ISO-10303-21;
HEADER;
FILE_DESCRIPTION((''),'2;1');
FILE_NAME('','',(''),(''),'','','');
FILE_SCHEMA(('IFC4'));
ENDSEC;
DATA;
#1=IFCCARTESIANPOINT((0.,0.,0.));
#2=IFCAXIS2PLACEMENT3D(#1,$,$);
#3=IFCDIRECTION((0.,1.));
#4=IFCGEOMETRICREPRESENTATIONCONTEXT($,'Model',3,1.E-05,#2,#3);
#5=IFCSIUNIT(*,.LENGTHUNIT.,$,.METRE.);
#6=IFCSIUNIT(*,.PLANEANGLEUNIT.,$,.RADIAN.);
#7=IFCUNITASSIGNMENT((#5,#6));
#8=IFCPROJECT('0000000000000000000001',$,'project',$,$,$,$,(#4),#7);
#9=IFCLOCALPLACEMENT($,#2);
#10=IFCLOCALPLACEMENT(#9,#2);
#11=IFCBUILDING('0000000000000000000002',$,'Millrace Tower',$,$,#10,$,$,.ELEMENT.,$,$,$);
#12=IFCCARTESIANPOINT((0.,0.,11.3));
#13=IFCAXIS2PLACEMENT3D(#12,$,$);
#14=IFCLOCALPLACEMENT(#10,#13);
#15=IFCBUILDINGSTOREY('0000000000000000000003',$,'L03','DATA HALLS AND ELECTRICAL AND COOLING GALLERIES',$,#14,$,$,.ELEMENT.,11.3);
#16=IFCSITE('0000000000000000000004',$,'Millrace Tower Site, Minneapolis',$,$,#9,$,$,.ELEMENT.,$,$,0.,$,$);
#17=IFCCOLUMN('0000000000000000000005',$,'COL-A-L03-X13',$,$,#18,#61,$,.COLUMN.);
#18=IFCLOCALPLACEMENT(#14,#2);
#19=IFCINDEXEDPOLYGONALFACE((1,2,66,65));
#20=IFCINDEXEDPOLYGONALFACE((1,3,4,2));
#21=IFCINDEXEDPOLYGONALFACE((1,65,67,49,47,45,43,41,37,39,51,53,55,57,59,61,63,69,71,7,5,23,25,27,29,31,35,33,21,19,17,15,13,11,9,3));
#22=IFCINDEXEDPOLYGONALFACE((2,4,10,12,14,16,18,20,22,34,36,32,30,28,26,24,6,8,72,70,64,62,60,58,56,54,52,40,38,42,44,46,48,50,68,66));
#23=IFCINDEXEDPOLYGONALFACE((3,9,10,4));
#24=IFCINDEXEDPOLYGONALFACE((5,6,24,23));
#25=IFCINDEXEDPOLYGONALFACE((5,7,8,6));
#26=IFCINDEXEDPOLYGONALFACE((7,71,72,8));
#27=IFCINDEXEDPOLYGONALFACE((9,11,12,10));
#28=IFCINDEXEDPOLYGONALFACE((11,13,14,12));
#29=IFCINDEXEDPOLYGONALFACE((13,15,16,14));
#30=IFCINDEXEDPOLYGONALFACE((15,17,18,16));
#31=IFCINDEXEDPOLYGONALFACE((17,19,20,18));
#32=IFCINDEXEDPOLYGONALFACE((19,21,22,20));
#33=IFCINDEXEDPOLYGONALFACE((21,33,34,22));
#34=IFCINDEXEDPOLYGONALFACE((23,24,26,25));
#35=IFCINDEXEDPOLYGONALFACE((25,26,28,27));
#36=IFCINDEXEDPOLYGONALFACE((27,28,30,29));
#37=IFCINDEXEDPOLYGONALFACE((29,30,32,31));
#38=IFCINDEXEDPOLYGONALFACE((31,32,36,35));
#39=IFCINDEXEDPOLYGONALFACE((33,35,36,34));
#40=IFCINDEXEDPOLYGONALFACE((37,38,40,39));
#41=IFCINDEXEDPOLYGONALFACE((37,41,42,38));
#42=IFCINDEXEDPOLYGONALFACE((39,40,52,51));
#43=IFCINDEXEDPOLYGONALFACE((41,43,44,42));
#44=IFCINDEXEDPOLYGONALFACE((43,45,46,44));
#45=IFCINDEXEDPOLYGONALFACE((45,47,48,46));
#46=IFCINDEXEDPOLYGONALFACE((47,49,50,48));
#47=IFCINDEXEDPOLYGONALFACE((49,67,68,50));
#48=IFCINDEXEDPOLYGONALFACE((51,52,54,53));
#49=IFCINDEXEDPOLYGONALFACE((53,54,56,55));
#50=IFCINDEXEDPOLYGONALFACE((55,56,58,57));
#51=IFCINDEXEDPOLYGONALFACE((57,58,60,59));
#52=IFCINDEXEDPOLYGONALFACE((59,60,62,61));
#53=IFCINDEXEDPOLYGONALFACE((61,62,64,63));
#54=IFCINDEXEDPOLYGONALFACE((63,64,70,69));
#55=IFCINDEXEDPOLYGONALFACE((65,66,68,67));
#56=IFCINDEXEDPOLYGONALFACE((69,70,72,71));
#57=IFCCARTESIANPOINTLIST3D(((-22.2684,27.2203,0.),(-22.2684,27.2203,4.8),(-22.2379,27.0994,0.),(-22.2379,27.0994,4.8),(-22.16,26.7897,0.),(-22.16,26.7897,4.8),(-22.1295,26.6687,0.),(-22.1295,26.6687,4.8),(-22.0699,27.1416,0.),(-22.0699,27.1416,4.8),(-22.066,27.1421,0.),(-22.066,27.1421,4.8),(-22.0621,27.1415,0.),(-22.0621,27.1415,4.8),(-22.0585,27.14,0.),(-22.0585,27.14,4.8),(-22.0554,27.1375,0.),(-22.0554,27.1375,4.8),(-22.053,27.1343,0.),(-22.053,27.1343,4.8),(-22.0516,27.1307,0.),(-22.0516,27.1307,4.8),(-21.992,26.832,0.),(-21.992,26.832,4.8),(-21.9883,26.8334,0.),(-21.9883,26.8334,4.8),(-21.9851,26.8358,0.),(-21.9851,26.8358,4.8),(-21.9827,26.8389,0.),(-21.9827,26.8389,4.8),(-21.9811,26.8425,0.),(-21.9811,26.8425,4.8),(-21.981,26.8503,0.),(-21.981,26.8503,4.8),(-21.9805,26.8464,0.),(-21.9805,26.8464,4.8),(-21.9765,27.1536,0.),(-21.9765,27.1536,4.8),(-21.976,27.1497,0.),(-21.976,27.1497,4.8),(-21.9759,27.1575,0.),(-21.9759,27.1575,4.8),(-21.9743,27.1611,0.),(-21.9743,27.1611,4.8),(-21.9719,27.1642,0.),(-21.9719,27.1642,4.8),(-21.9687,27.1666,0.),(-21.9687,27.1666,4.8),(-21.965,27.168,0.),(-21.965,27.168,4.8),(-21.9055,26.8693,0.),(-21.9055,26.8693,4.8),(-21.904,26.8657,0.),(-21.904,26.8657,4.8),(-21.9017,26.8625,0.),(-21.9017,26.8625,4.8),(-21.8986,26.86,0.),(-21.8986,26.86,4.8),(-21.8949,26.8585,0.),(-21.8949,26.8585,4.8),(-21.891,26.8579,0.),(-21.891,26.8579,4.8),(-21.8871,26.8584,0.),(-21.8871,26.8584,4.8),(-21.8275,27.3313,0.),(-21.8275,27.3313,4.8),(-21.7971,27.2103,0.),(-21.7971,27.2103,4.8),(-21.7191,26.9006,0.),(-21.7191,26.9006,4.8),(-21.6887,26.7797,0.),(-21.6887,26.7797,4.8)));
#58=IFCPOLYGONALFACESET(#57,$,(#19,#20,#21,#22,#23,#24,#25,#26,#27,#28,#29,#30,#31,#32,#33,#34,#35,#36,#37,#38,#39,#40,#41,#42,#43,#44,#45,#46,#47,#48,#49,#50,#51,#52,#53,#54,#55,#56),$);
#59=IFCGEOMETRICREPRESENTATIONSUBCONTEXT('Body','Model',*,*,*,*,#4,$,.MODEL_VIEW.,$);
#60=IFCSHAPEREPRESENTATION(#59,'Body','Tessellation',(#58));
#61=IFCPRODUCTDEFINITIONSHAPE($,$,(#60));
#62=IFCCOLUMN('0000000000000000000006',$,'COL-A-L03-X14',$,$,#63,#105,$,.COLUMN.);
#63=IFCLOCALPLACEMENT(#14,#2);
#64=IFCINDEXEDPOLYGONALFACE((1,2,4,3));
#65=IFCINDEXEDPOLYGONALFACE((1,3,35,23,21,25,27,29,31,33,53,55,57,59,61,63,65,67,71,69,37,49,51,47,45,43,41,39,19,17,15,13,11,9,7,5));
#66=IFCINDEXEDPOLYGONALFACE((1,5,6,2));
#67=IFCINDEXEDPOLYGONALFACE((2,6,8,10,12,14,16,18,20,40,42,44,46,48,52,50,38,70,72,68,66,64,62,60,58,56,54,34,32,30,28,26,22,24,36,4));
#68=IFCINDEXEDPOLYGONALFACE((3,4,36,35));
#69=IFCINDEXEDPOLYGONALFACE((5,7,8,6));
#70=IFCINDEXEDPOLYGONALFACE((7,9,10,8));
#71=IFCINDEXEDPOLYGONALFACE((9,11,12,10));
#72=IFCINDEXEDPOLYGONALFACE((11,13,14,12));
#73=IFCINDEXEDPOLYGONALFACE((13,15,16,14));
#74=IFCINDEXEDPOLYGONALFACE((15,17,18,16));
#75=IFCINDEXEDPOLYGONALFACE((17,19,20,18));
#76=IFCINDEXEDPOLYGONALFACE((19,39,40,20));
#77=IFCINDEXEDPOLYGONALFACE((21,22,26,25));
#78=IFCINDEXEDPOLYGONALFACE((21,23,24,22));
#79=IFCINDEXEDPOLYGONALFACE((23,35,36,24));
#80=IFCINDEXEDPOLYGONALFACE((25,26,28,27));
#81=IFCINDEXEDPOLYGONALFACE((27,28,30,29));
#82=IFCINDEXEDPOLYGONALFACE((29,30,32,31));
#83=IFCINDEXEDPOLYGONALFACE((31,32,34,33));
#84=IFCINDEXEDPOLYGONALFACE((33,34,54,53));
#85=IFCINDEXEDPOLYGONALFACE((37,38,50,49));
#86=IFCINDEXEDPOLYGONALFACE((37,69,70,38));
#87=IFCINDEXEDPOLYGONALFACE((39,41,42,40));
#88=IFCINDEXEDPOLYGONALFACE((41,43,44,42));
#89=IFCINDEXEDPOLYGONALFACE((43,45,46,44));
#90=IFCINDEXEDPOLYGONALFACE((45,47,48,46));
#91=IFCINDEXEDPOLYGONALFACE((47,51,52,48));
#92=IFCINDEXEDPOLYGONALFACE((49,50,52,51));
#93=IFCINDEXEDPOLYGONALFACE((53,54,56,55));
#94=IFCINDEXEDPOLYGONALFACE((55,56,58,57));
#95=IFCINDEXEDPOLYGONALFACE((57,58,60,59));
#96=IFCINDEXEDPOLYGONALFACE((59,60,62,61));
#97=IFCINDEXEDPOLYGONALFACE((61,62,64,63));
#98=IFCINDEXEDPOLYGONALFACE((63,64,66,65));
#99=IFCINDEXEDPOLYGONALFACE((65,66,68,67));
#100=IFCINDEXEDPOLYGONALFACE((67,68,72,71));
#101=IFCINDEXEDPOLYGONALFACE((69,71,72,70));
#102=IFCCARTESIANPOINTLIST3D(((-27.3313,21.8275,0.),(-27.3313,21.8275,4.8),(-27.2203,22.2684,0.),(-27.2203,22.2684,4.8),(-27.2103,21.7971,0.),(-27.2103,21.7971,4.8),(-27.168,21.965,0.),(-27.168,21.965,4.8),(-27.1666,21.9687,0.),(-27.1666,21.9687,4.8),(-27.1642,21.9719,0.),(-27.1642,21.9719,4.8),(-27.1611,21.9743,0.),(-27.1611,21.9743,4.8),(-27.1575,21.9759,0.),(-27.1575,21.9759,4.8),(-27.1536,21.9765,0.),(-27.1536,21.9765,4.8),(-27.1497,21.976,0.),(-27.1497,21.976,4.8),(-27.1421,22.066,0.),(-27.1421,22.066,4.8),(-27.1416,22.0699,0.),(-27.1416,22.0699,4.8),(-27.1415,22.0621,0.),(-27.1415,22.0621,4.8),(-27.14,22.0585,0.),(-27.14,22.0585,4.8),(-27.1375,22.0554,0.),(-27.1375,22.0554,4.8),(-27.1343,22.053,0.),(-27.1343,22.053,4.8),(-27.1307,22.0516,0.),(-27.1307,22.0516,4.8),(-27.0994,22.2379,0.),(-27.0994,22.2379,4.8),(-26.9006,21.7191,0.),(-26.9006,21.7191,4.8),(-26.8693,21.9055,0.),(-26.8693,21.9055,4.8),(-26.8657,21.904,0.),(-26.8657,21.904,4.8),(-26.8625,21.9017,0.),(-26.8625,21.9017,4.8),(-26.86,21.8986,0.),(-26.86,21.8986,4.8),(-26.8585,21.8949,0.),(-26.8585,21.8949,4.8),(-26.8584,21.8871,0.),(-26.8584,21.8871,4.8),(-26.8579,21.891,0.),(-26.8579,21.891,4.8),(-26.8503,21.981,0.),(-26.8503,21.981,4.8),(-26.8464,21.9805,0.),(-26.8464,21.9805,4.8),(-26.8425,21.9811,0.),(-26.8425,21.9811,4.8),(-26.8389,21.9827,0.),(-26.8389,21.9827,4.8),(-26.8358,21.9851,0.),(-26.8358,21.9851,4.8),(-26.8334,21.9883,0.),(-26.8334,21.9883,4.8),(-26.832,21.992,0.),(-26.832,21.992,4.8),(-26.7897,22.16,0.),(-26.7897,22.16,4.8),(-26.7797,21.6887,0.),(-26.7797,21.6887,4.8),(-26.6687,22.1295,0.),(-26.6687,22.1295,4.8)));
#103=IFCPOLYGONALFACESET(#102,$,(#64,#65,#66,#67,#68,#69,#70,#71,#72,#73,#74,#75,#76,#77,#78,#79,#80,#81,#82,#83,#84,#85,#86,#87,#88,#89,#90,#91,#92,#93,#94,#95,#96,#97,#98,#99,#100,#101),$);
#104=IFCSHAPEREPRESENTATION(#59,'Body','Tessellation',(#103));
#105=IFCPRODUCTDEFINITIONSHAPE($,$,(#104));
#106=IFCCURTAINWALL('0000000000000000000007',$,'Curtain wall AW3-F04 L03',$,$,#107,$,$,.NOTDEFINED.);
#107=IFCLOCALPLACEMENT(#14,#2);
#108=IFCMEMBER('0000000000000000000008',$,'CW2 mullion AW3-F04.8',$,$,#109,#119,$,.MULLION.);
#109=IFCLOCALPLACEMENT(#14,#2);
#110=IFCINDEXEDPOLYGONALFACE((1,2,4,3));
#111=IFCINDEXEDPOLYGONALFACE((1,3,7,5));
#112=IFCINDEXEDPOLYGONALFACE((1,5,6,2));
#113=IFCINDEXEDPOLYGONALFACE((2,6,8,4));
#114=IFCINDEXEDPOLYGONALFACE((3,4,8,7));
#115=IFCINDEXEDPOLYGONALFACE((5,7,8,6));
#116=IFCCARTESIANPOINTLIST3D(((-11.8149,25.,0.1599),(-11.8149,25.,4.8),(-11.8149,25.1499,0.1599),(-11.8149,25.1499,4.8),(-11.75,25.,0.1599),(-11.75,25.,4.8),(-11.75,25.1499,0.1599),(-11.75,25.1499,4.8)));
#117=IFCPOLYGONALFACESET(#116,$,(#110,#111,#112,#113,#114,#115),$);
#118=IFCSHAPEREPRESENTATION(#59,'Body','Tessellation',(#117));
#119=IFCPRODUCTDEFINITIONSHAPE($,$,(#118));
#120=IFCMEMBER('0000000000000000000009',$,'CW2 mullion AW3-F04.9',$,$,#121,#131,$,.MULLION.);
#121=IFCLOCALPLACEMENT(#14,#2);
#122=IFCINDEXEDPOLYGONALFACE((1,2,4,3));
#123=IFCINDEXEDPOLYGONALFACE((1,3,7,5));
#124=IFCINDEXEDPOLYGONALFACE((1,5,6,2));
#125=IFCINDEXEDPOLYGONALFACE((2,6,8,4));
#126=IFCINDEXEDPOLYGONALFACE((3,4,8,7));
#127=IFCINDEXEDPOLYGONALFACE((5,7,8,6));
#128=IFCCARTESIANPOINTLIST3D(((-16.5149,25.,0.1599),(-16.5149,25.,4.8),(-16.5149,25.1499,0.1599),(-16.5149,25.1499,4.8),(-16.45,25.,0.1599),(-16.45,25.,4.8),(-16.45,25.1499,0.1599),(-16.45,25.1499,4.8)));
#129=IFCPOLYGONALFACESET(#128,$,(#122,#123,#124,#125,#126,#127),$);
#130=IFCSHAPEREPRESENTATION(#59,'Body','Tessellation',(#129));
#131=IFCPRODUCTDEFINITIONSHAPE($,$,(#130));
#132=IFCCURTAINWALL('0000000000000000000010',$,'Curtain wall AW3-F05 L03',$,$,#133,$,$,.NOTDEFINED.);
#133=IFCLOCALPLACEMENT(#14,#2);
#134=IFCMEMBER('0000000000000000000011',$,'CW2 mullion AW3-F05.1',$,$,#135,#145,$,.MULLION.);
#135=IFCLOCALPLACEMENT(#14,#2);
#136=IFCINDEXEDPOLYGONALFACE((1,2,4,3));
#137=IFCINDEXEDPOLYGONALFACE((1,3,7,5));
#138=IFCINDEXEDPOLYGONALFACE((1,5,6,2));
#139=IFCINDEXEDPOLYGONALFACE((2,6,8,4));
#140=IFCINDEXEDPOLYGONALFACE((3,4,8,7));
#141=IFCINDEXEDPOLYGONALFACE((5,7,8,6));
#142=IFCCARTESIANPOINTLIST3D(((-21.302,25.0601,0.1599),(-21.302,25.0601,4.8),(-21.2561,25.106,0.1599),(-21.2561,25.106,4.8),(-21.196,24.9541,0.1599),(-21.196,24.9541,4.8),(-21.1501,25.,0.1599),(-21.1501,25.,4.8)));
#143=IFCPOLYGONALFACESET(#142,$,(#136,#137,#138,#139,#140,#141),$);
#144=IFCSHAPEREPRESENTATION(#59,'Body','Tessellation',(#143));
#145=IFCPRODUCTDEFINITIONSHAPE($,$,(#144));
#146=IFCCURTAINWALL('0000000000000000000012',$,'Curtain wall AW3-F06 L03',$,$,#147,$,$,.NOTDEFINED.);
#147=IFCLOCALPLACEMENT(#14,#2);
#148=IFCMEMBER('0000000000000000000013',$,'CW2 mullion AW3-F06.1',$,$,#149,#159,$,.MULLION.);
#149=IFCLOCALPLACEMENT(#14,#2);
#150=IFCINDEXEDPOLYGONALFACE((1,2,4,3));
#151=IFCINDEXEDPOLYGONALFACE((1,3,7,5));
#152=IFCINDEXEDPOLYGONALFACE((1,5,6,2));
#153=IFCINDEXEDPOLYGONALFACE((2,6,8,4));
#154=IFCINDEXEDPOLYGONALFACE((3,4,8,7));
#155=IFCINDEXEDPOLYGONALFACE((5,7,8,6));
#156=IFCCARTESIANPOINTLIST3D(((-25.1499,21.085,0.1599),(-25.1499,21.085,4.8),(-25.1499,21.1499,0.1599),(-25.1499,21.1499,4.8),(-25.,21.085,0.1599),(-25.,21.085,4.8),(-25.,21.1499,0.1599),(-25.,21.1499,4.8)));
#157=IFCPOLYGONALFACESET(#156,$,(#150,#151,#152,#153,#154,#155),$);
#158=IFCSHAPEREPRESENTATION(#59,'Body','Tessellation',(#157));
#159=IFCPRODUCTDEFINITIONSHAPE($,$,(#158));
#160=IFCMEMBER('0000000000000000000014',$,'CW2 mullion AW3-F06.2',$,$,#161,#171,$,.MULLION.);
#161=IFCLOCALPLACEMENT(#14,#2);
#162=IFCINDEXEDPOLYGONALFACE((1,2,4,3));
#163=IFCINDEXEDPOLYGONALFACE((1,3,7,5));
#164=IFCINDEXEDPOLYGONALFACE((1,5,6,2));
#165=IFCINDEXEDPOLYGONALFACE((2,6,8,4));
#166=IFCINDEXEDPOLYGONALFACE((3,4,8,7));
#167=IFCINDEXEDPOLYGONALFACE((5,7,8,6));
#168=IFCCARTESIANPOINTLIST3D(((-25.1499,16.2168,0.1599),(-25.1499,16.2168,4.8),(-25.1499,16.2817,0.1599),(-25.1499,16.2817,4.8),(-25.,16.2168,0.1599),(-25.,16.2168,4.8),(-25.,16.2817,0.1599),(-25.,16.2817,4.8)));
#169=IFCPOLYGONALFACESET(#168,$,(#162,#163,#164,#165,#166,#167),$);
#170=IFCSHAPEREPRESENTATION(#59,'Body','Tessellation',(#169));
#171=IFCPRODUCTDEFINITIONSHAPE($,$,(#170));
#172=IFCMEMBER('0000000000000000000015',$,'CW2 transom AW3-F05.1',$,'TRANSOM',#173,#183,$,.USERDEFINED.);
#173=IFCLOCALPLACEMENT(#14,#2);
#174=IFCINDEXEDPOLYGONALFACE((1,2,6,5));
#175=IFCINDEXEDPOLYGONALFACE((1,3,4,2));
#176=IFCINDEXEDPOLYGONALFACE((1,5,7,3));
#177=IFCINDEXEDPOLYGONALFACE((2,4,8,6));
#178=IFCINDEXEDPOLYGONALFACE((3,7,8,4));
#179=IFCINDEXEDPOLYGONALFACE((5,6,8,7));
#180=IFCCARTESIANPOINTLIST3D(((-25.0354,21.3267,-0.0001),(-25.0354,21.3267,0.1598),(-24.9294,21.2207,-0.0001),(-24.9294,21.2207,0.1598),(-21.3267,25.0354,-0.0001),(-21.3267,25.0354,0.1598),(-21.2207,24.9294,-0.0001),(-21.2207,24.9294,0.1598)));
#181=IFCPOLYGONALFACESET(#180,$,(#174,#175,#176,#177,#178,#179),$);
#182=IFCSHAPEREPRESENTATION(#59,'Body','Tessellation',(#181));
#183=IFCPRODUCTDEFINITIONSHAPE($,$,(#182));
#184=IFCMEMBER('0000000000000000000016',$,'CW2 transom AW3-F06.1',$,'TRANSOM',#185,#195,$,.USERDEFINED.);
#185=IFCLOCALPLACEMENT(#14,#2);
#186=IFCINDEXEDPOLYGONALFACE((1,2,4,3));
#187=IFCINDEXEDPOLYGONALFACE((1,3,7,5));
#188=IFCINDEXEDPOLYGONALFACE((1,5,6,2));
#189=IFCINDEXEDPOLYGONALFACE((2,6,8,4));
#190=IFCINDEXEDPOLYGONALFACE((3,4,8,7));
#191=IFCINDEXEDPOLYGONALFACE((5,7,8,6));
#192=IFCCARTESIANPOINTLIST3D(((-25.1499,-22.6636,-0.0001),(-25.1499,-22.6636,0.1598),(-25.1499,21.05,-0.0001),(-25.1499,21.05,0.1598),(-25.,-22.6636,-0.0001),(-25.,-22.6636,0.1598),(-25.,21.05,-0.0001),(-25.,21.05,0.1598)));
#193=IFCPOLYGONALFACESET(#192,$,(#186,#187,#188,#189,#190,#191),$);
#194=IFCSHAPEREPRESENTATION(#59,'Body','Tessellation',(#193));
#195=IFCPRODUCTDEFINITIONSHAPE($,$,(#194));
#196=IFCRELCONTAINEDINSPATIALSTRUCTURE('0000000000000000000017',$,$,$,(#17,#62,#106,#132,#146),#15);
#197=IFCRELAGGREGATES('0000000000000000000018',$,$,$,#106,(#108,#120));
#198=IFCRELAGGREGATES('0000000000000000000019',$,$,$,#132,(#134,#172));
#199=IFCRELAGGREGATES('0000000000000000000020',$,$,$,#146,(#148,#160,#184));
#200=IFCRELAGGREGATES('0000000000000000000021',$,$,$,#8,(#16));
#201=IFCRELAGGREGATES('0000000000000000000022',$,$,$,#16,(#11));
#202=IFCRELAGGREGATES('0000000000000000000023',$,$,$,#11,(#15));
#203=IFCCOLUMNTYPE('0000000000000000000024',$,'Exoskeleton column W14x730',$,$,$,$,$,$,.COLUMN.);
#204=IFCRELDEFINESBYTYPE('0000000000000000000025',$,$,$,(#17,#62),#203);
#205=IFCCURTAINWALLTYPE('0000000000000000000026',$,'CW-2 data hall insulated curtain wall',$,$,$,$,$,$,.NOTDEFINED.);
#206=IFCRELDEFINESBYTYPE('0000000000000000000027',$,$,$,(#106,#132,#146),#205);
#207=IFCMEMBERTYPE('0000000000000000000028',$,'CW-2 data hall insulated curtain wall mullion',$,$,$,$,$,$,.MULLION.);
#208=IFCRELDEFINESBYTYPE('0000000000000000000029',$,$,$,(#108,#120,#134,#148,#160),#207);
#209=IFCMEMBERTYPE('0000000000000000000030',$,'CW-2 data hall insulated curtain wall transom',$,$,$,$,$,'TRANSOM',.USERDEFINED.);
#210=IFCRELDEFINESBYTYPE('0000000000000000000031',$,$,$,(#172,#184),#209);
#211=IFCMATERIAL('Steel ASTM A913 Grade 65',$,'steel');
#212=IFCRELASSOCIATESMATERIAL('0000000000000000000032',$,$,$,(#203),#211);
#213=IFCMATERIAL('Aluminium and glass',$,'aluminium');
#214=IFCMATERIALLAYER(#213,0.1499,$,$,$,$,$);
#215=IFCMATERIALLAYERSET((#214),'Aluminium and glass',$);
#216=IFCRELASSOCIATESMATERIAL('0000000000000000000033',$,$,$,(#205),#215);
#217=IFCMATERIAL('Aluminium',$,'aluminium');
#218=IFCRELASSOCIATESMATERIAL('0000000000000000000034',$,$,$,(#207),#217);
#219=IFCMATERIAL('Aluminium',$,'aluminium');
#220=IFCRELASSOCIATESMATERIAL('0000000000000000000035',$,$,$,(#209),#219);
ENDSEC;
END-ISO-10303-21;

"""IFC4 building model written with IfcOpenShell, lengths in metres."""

from ifc_helpers import new_model, si_unit, direction, frame, origin, origin_2d, place, context, subcontext, project, spatial, rectangle, i_section, extrude, material, layer, layer_set, material_profile, profile_set, type_object, element, aggregate, save


model = new_model("IFC4")

# Units and contexts
model_context = context("Model", 3, precision=1e-05, world=origin(), true_north=direction((0.0, 1.0)))
body_context = subcontext(model_context, "Body", "Model", "MODEL_VIEW")
ifc_project = project(units=[si_unit("LENGTHUNIT", "METRE"), si_unit("PLANEANGLEUNIT", "RADIAN")], contexts=[model_context])

# Site, building, storey
site_placement = place(None, origin())
site = spatial("IfcSite", under=ifc_project, at=site_placement, Name="Millrace Tower Site, Minneapolis", CompositionType="ELEMENT", RefElevation=0.0)
building_placement = place(site_placement, origin())
building = spatial("IfcBuilding", under=site, at=building_placement, Name="Millrace Tower", CompositionType="ELEMENT")
storey_placement = place(building_placement, frame((0.0, 0.0, 11.3)))
storey = spatial("IfcBuildingStorey", under=building, at=storey_placement, Name="L03", Description="DATA HALLS AND ELECTRICAL AND COOLING GALLERIES", CompositionType="ELEMENT", Elevation=11.3)

# Columns
ifc_material_1 = material(Name="Steel ASTM A913 Grade 65", Category="steel")
ifc_material_profile_1 = material_profile(ifc_material_1, i_section(OverallWidth=0.4546, OverallDepth=0.5688, WebThickness=0.0779, FlangeThickness=0.1248, FilletRadius=0.0151, at=origin_2d()))
ifc_profile_set_1 = profile_set([ifc_material_profile_1], Name="Steel ASTM A913 Grade 65")
column_type = type_object("IfcColumnType", Name="Exoskeleton column W14x730", PredefinedType="COLUMN", material=ifc_profile_set_1)
for number, where, z_axis, x_axis, name in (
    (1, (-21.9785, 27.0, 0.0), (0.0, 0.0, 1.0), (-0.969752, -0.244094, 0.0), "COL-A-L03-X13"),
    (2, (-27.0, 21.9785, 0.0), (0.0, 0.0, 1.0), (-0.244094, -0.969752, 0.0), "COL-A-L03-X14"),
):
    element("IfcColumn", number, at=place(storey_placement, frame(where, z_axis=z_axis, x_axis=x_axis)), inside=storey, type_object=column_type, Name=name, PredefinedType="COLUMN", context=body_context, shape_type="SweptSolid", body=[
        extrude(i_section(OverallWidth=0.4546, OverallDepth=0.5688, WebThickness=0.0779, FlangeThickness=0.1248, FilletRadius=0.0151, at=origin_2d()), origin(), (0.0, 0.0, 1.0), 4.8),
    ])

# Curtain wall, members
ifc_material_2 = material(Name="Aluminium and glass", Category="aluminium")
ifc_layer_1 = layer(ifc_material_2, 0.1499)
ifc_layer_set_1 = layer_set([ifc_layer_1], Name="Aluminium and glass")
curtain_wall_type = type_object("IfcCurtainWallType", Name="CW-2 data hall insulated curtain wall", PredefinedType="NOTDEFINED", material=ifc_layer_set_1)
placement = place(storey_placement, origin())
curtain_wall_1 = element("IfcCurtainWall", 3, at=placement, inside=storey, type_object=curtain_wall_type, Name="Curtain wall AW3-F04 L03", PredefinedType="NOTDEFINED")
ifc_material_3 = material(Name="Aluminium", Category="aluminium")
ifc_material_profile_2 = material_profile(ifc_material_3, rectangle(XDim=0.0649, YDim=0.1499, at=origin_2d()))
ifc_profile_set_2 = profile_set([ifc_material_profile_2], Name="Aluminium")
member_type_1 = type_object("IfcMemberType", Name="CW-2 data hall insulated curtain wall mullion", PredefinedType="MULLION", material=ifc_profile_set_2)
member_1_placement = place(storey_placement, frame((-11.7825, 25.075, 0.1599), z_axis=(0.0, 0.0, 1.0), x_axis=(-1.0, 0.0, 0.0)))
member_1 = element("IfcMember", 4, at=member_1_placement, type_object=member_type_1, Name="CW2 mullion AW3-F04.8", PredefinedType="MULLION", context=body_context, shape_type="SweptSolid", body=[
    extrude(rectangle(XDim=0.0649, YDim=0.1499, at=origin_2d()), origin(), (0.0, 0.0, 1.0), 4.6401),
])
member_2_placement = place(storey_placement, frame((-16.4824, 25.075, 0.1599), z_axis=(0.0, 0.0, 1.0), x_axis=(-1.0, 0.0, 0.0)))
member_2 = element("IfcMember", 5, at=member_2_placement, type_object=member_type_1, Name="CW2 mullion AW3-F04.9", PredefinedType="MULLION", context=body_context, shape_type="SweptSolid", body=[
    extrude(rectangle(XDim=0.0649, YDim=0.1499, at=origin_2d()), origin(), (0.0, 0.0, 1.0), 4.6401),
])
aggregate(curtain_wall_1, [member_1, member_2])

# Curtain wall, member
curtain_wall_2 = element("IfcCurtainWall", 6, at=placement, inside=storey, type_object=curtain_wall_type, Name="Curtain wall AW3-F05 L03", PredefinedType="NOTDEFINED")
member_3_placement = place(storey_placement, frame((-21.2261, 25.03, 0.1599), z_axis=(0.0, 0.0, 1.0), x_axis=(-0.707107, -0.707107, 0.0)))
member_3 = element("IfcMember", 7, at=member_3_placement, type_object=member_type_1, Name="CW2 mullion AW3-F05.1", PredefinedType="MULLION", context=body_context, shape_type="SweptSolid", body=[
    extrude(rectangle(XDim=0.0649, YDim=0.1499, at=origin_2d()), origin(), (0.0, 0.0, 1.0), 4.6401),
])

# Curtain wall, members
curtain_wall_3 = element("IfcCurtainWall", 8, at=placement, inside=storey, type_object=curtain_wall_type, Name="Curtain wall AW3-F06 L03", PredefinedType="NOTDEFINED")
member_4_placement = place(storey_placement, frame((-25.075, 21.1174, 0.1599), z_axis=(0.0, 0.0, 1.0), x_axis=(0.0, -1.0, 0.0)))
member_4 = element("IfcMember", 9, at=member_4_placement, type_object=member_type_1, Name="CW2 mullion AW3-F06.1", PredefinedType="MULLION", context=body_context, shape_type="SweptSolid", body=[
    extrude(rectangle(XDim=0.0649, YDim=0.1499, at=origin_2d()), origin(), (0.0, 0.0, 1.0), 4.6401),
])
member_5_placement = place(storey_placement, frame((-25.075, 16.2493, 0.1599), z_axis=(0.0, 0.0, 1.0), x_axis=(0.0, -1.0, 0.0)))
member_5 = element("IfcMember", 10, at=member_5_placement, type_object=member_type_1, Name="CW2 mullion AW3-F06.2", PredefinedType="MULLION", context=body_context, shape_type="SweptSolid", body=[
    extrude(rectangle(XDim=0.0649, YDim=0.1499, at=origin_2d()), origin(), (0.0, 0.0, 1.0), 4.6401),
])

# Members
ifc_material_4 = material(Name="Aluminium", Category="aluminium")
ifc_material_profile_3 = material_profile(ifc_material_4, rectangle(XDim=0.1499, YDim=0.1599, at=origin_2d()))
ifc_profile_set_3 = profile_set([ifc_material_profile_3], Name="Aluminium")
member_type_2 = type_object("IfcMemberType", Name="CW-2 data hall insulated curtain wall transom", ElementType="TRANSOM", PredefinedType="USERDEFINED", material=ifc_profile_set_3)
member_6_placement = place(storey_placement, frame((-21.2737, 24.9824, 0.0798), z_axis=(-0.707107, -0.707107, 0.0), x_axis=(0.707107, -0.707107, 0.0)))
member_6 = element("IfcMember", 11, at=member_6_placement, type_object=member_type_2, Name="CW2 transom AW3-F05.1", ObjectType="TRANSOM", PredefinedType="USERDEFINED", context=body_context, shape_type="SweptSolid", body=[
    extrude(rectangle(XDim=0.1499, YDim=0.1599, at=origin_2d()), origin(), (0.0, 0.0, 1.0), 5.2449),
])
aggregate(curtain_wall_2, [member_3, member_6])
member_7_placement = place(storey_placement, frame((-25.075, 21.05, 0.0798), z_axis=(0.0, -1.0, 0.0), x_axis=(1.0, 0.0, 0.0)))
member_7 = element("IfcMember", 12, at=member_7_placement, type_object=member_type_2, Name="CW2 transom AW3-F06.1", ObjectType="TRANSOM", PredefinedType="USERDEFINED", context=body_context, shape_type="SweptSolid", body=[
    extrude(rectangle(XDim=0.1499, YDim=0.1599, at=origin_2d()), origin(), (0.0, 0.0, 1.0), 43.7136),
])
aggregate(curtain_wall_3, [member_4, member_5, member_7])

save(model, "model.ifc")
